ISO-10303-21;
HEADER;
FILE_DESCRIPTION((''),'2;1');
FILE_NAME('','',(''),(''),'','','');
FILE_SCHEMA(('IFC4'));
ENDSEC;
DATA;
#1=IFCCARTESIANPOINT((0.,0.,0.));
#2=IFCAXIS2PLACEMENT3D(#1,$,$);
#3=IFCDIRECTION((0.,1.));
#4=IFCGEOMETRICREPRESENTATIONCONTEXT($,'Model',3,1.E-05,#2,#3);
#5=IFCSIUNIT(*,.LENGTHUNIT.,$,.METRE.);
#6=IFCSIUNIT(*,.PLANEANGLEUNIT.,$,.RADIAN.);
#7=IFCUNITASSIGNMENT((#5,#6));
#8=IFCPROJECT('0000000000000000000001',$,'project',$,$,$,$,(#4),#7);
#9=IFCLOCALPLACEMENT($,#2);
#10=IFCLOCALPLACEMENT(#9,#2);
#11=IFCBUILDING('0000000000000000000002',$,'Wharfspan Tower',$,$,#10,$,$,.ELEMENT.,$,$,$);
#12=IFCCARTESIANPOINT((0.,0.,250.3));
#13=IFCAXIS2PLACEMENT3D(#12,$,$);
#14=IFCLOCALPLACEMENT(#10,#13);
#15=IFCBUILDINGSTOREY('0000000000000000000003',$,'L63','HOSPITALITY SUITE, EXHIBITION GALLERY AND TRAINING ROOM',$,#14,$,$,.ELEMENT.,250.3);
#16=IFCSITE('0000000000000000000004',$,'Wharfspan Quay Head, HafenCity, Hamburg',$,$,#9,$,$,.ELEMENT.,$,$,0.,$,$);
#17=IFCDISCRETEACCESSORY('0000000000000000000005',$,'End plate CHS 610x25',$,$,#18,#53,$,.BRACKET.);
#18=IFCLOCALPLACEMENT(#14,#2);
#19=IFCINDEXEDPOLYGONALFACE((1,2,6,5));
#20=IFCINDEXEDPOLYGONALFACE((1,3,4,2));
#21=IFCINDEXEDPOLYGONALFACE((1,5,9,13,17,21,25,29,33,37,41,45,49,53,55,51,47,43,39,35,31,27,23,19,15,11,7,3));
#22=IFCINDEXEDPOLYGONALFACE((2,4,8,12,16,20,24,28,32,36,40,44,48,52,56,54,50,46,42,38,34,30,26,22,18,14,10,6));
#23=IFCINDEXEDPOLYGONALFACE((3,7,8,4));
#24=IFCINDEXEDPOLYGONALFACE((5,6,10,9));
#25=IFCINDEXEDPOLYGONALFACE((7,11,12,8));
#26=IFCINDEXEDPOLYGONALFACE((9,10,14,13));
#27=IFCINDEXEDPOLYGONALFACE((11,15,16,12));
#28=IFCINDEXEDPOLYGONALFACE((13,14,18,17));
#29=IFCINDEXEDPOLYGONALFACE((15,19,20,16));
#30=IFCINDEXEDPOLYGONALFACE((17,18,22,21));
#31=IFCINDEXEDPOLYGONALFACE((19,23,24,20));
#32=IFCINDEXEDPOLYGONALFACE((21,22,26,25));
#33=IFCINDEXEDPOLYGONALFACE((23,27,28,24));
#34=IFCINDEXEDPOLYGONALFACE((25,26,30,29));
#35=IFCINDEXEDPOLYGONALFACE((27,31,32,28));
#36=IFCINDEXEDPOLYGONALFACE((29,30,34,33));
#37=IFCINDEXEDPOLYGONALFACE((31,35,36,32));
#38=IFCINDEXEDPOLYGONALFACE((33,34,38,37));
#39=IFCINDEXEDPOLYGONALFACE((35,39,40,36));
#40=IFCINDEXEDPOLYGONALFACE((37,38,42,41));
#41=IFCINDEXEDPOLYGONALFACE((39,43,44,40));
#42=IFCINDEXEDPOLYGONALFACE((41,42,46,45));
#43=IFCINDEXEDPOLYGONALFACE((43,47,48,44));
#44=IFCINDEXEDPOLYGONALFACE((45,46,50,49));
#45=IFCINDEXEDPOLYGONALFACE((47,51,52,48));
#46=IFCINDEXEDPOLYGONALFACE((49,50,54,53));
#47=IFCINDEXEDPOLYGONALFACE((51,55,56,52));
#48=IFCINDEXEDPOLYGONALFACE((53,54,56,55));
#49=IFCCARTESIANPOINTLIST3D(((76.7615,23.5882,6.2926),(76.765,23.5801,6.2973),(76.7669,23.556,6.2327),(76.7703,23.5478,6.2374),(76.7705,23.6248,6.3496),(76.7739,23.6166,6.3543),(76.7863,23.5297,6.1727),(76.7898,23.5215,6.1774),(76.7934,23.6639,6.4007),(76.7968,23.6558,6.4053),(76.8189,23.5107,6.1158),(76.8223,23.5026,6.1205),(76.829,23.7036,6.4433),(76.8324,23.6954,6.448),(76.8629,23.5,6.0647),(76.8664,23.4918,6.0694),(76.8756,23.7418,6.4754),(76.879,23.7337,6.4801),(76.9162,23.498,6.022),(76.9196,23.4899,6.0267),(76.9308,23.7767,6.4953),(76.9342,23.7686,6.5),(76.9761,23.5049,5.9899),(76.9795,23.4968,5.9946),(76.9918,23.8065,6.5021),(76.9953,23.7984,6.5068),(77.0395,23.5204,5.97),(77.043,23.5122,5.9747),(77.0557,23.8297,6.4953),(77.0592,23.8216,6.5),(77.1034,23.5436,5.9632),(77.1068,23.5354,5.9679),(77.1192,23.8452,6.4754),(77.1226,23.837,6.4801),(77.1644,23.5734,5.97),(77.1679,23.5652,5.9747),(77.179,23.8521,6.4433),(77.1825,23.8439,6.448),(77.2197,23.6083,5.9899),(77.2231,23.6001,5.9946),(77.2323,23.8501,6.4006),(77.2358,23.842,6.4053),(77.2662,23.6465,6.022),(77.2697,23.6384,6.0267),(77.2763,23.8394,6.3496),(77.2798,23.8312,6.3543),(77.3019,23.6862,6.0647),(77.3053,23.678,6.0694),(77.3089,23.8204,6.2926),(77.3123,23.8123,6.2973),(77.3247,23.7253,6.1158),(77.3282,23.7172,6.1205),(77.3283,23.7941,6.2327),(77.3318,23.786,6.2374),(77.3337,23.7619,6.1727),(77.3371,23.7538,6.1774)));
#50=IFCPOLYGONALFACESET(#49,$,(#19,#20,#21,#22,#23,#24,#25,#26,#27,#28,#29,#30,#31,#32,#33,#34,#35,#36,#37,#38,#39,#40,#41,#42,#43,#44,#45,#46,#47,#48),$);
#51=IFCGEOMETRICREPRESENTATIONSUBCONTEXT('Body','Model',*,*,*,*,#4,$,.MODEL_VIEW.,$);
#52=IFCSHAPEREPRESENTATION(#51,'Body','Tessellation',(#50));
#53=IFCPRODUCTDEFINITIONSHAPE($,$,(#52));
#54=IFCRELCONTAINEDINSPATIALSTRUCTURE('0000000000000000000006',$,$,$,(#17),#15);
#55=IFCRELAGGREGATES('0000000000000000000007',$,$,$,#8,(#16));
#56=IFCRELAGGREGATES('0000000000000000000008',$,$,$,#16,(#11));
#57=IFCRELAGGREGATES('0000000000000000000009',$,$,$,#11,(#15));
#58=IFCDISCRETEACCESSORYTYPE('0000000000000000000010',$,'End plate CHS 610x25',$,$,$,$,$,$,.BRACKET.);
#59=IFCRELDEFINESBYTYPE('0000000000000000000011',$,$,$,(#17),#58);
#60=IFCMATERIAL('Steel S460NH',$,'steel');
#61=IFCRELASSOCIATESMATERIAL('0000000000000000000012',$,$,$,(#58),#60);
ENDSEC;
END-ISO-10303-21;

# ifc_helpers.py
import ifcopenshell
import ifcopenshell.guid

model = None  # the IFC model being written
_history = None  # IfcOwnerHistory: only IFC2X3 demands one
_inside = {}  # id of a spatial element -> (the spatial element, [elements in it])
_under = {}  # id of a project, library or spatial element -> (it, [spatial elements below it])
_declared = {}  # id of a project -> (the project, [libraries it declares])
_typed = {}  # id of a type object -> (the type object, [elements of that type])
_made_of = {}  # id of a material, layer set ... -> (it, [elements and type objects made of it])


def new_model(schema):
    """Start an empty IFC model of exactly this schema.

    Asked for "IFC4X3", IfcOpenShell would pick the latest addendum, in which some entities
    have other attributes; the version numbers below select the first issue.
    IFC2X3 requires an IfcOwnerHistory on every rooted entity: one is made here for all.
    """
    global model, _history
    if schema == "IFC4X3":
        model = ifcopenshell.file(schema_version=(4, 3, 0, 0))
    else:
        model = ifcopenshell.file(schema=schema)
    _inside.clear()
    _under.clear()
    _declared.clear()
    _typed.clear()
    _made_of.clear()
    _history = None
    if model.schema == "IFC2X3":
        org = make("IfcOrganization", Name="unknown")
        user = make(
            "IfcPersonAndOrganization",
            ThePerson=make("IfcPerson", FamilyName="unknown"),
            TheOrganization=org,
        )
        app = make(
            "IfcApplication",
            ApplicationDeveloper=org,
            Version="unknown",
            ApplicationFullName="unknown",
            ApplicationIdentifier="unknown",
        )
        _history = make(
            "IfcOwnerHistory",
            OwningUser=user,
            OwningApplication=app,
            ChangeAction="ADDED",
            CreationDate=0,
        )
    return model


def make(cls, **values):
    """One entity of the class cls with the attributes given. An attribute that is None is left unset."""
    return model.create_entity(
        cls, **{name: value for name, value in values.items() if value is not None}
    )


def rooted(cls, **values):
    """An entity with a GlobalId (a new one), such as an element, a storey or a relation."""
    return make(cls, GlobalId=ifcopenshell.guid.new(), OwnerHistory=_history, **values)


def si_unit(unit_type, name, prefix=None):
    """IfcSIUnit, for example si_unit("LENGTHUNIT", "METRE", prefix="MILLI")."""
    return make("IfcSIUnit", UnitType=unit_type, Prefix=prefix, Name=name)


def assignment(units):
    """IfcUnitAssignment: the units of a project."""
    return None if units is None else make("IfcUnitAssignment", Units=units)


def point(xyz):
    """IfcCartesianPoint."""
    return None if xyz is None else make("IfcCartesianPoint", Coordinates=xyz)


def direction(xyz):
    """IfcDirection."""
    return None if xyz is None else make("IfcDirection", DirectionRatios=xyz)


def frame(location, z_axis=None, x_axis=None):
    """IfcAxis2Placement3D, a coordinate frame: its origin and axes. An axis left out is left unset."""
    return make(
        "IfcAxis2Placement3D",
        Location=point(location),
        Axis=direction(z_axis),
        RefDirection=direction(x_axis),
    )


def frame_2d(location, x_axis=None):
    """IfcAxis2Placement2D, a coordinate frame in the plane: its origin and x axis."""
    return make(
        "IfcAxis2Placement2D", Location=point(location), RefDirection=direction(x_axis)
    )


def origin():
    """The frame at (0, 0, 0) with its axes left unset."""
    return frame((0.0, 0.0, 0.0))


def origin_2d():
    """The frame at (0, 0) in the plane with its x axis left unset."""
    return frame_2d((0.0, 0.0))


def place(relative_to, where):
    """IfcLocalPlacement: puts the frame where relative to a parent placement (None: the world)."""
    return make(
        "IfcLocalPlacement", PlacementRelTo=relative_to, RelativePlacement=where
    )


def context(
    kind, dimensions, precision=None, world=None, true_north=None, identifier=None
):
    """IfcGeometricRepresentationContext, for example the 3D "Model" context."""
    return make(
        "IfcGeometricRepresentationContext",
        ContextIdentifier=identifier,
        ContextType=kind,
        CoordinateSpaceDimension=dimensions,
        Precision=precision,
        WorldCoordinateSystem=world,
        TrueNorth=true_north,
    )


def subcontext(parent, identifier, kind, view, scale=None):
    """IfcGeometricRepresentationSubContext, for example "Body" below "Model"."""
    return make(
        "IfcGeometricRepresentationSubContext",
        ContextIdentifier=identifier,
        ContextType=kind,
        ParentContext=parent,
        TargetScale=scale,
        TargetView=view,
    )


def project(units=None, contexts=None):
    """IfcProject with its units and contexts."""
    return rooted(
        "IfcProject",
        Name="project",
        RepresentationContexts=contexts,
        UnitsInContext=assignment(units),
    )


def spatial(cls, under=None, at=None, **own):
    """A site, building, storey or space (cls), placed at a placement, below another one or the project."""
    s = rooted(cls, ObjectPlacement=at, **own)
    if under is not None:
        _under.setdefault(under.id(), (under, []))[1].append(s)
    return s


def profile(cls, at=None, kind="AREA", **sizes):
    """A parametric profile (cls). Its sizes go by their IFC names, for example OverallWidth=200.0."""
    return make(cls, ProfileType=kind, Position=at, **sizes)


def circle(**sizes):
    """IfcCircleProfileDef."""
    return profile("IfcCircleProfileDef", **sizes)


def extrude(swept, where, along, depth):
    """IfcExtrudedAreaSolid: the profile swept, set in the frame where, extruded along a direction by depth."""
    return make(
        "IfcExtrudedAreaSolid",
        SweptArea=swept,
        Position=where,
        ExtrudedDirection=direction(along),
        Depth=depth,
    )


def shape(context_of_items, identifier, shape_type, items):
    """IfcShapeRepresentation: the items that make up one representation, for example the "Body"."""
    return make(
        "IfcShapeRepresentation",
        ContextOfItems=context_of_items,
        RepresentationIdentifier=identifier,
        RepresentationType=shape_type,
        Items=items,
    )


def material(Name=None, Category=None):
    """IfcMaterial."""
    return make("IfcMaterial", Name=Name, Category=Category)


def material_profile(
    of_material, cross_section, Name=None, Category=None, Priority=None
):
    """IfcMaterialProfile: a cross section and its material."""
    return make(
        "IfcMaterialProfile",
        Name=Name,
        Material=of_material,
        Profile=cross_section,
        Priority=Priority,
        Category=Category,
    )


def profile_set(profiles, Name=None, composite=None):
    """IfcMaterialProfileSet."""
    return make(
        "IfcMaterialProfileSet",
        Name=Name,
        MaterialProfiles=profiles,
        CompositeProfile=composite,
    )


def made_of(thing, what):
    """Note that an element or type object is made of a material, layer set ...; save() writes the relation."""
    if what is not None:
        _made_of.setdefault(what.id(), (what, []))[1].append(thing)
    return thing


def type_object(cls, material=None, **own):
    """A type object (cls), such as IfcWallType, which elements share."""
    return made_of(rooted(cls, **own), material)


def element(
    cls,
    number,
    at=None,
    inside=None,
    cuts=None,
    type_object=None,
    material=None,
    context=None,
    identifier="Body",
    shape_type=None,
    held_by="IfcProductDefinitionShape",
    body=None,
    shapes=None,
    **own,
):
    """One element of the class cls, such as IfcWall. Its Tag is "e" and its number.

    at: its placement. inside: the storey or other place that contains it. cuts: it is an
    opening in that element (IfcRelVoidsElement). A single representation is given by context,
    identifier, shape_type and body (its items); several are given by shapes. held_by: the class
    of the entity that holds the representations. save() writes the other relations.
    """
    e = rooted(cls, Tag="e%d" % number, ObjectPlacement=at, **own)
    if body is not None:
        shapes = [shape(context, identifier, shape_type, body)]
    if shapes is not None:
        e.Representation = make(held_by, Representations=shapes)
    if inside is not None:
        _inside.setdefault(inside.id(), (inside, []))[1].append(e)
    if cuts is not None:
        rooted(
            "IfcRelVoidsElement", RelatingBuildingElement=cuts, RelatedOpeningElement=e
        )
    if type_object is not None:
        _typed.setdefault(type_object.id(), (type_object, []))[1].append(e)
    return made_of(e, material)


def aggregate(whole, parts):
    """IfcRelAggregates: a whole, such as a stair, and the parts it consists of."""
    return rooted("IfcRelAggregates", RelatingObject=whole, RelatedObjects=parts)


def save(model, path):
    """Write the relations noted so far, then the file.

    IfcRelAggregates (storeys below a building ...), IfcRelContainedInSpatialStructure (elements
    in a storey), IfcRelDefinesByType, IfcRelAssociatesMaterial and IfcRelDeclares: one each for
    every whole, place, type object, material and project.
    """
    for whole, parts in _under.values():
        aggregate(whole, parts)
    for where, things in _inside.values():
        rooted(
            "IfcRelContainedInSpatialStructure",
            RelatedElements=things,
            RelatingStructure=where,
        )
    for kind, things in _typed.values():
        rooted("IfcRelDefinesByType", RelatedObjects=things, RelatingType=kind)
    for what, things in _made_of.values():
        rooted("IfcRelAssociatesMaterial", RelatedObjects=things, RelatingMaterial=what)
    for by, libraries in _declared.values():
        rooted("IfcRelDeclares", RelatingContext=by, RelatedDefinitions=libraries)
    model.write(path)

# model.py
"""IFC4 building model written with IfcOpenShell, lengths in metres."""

from ifc_helpers import new_model, si_unit, direction, frame, origin, origin_2d, place, context, subcontext, project, spatial, circle, extrude, material, material_profile, profile_set, type_object, element, save


model = new_model("IFC4")

# Units and contexts
model_context = context("Model", 3, precision=1e-05, world=origin(), true_north=direction((0.0, 1.0)))
body_context = subcontext(model_context, "Body", "Model", "MODEL_VIEW")
ifc_project = project(units=[si_unit("LENGTHUNIT", "METRE"), si_unit("PLANEANGLEUNIT", "RADIAN")], contexts=[model_context])

# Site, building, storey
site_placement = place(None, origin())
site = spatial("IfcSite", under=ifc_project, at=site_placement, Name="Wharfspan Quay Head, HafenCity, Hamburg", CompositionType="ELEMENT", RefElevation=0.0)
building_placement = place(site_placement, origin())
building = spatial("IfcBuilding", under=site, at=building_placement, Name="Wharfspan Tower", CompositionType="ELEMENT")
storey_placement = place(building_placement, frame((0.0, 0.0, 250.3)))
storey = spatial("IfcBuildingStorey", under=building, at=storey_placement, Name="L63", Description="HOSPITALITY SUITE, EXHIBITION GALLERY AND TRAINING ROOM", CompositionType="ELEMENT", Elevation=250.3)

# Discrete accessory
ifc_material_1 = material(Name="Steel S460NH", Category="steel")
ifc_material_profile_1 = material_profile(ifc_material_1, circle(Radius=0.3049, at=origin_2d()))
ifc_profile_set_1 = profile_set([ifc_material_profile_1], Name="Steel S460NH")
discrete_accessory_type = type_object("IfcDiscreteAccessoryType", Name="End plate CHS 610x25", PredefinedType="BRACKET", material=ifc_profile_set_1)
for number, where, z_axis, x_axis, name in (
    (1, (77.0476, 23.675, 6.2327), (0.345075, -0.81339, 0.468316), (0.920586, 0.390551, -0.000002), "End plate CHS 610x25"),
):
    element("IfcDiscreteAccessory", number, at=place(storey_placement, frame(where, z_axis=z_axis, x_axis=x_axis)), inside=storey, type_object=discrete_accessory_type, Name=name, PredefinedType="BRACKET", context=body_context, shape_type="SweptSolid", body=[
        extrude(circle(Radius=0.3049, at=origin_2d()), origin(), (0.0, 0.0, 1.0), 0.01),
    ])

save(model, "model.ifc")
